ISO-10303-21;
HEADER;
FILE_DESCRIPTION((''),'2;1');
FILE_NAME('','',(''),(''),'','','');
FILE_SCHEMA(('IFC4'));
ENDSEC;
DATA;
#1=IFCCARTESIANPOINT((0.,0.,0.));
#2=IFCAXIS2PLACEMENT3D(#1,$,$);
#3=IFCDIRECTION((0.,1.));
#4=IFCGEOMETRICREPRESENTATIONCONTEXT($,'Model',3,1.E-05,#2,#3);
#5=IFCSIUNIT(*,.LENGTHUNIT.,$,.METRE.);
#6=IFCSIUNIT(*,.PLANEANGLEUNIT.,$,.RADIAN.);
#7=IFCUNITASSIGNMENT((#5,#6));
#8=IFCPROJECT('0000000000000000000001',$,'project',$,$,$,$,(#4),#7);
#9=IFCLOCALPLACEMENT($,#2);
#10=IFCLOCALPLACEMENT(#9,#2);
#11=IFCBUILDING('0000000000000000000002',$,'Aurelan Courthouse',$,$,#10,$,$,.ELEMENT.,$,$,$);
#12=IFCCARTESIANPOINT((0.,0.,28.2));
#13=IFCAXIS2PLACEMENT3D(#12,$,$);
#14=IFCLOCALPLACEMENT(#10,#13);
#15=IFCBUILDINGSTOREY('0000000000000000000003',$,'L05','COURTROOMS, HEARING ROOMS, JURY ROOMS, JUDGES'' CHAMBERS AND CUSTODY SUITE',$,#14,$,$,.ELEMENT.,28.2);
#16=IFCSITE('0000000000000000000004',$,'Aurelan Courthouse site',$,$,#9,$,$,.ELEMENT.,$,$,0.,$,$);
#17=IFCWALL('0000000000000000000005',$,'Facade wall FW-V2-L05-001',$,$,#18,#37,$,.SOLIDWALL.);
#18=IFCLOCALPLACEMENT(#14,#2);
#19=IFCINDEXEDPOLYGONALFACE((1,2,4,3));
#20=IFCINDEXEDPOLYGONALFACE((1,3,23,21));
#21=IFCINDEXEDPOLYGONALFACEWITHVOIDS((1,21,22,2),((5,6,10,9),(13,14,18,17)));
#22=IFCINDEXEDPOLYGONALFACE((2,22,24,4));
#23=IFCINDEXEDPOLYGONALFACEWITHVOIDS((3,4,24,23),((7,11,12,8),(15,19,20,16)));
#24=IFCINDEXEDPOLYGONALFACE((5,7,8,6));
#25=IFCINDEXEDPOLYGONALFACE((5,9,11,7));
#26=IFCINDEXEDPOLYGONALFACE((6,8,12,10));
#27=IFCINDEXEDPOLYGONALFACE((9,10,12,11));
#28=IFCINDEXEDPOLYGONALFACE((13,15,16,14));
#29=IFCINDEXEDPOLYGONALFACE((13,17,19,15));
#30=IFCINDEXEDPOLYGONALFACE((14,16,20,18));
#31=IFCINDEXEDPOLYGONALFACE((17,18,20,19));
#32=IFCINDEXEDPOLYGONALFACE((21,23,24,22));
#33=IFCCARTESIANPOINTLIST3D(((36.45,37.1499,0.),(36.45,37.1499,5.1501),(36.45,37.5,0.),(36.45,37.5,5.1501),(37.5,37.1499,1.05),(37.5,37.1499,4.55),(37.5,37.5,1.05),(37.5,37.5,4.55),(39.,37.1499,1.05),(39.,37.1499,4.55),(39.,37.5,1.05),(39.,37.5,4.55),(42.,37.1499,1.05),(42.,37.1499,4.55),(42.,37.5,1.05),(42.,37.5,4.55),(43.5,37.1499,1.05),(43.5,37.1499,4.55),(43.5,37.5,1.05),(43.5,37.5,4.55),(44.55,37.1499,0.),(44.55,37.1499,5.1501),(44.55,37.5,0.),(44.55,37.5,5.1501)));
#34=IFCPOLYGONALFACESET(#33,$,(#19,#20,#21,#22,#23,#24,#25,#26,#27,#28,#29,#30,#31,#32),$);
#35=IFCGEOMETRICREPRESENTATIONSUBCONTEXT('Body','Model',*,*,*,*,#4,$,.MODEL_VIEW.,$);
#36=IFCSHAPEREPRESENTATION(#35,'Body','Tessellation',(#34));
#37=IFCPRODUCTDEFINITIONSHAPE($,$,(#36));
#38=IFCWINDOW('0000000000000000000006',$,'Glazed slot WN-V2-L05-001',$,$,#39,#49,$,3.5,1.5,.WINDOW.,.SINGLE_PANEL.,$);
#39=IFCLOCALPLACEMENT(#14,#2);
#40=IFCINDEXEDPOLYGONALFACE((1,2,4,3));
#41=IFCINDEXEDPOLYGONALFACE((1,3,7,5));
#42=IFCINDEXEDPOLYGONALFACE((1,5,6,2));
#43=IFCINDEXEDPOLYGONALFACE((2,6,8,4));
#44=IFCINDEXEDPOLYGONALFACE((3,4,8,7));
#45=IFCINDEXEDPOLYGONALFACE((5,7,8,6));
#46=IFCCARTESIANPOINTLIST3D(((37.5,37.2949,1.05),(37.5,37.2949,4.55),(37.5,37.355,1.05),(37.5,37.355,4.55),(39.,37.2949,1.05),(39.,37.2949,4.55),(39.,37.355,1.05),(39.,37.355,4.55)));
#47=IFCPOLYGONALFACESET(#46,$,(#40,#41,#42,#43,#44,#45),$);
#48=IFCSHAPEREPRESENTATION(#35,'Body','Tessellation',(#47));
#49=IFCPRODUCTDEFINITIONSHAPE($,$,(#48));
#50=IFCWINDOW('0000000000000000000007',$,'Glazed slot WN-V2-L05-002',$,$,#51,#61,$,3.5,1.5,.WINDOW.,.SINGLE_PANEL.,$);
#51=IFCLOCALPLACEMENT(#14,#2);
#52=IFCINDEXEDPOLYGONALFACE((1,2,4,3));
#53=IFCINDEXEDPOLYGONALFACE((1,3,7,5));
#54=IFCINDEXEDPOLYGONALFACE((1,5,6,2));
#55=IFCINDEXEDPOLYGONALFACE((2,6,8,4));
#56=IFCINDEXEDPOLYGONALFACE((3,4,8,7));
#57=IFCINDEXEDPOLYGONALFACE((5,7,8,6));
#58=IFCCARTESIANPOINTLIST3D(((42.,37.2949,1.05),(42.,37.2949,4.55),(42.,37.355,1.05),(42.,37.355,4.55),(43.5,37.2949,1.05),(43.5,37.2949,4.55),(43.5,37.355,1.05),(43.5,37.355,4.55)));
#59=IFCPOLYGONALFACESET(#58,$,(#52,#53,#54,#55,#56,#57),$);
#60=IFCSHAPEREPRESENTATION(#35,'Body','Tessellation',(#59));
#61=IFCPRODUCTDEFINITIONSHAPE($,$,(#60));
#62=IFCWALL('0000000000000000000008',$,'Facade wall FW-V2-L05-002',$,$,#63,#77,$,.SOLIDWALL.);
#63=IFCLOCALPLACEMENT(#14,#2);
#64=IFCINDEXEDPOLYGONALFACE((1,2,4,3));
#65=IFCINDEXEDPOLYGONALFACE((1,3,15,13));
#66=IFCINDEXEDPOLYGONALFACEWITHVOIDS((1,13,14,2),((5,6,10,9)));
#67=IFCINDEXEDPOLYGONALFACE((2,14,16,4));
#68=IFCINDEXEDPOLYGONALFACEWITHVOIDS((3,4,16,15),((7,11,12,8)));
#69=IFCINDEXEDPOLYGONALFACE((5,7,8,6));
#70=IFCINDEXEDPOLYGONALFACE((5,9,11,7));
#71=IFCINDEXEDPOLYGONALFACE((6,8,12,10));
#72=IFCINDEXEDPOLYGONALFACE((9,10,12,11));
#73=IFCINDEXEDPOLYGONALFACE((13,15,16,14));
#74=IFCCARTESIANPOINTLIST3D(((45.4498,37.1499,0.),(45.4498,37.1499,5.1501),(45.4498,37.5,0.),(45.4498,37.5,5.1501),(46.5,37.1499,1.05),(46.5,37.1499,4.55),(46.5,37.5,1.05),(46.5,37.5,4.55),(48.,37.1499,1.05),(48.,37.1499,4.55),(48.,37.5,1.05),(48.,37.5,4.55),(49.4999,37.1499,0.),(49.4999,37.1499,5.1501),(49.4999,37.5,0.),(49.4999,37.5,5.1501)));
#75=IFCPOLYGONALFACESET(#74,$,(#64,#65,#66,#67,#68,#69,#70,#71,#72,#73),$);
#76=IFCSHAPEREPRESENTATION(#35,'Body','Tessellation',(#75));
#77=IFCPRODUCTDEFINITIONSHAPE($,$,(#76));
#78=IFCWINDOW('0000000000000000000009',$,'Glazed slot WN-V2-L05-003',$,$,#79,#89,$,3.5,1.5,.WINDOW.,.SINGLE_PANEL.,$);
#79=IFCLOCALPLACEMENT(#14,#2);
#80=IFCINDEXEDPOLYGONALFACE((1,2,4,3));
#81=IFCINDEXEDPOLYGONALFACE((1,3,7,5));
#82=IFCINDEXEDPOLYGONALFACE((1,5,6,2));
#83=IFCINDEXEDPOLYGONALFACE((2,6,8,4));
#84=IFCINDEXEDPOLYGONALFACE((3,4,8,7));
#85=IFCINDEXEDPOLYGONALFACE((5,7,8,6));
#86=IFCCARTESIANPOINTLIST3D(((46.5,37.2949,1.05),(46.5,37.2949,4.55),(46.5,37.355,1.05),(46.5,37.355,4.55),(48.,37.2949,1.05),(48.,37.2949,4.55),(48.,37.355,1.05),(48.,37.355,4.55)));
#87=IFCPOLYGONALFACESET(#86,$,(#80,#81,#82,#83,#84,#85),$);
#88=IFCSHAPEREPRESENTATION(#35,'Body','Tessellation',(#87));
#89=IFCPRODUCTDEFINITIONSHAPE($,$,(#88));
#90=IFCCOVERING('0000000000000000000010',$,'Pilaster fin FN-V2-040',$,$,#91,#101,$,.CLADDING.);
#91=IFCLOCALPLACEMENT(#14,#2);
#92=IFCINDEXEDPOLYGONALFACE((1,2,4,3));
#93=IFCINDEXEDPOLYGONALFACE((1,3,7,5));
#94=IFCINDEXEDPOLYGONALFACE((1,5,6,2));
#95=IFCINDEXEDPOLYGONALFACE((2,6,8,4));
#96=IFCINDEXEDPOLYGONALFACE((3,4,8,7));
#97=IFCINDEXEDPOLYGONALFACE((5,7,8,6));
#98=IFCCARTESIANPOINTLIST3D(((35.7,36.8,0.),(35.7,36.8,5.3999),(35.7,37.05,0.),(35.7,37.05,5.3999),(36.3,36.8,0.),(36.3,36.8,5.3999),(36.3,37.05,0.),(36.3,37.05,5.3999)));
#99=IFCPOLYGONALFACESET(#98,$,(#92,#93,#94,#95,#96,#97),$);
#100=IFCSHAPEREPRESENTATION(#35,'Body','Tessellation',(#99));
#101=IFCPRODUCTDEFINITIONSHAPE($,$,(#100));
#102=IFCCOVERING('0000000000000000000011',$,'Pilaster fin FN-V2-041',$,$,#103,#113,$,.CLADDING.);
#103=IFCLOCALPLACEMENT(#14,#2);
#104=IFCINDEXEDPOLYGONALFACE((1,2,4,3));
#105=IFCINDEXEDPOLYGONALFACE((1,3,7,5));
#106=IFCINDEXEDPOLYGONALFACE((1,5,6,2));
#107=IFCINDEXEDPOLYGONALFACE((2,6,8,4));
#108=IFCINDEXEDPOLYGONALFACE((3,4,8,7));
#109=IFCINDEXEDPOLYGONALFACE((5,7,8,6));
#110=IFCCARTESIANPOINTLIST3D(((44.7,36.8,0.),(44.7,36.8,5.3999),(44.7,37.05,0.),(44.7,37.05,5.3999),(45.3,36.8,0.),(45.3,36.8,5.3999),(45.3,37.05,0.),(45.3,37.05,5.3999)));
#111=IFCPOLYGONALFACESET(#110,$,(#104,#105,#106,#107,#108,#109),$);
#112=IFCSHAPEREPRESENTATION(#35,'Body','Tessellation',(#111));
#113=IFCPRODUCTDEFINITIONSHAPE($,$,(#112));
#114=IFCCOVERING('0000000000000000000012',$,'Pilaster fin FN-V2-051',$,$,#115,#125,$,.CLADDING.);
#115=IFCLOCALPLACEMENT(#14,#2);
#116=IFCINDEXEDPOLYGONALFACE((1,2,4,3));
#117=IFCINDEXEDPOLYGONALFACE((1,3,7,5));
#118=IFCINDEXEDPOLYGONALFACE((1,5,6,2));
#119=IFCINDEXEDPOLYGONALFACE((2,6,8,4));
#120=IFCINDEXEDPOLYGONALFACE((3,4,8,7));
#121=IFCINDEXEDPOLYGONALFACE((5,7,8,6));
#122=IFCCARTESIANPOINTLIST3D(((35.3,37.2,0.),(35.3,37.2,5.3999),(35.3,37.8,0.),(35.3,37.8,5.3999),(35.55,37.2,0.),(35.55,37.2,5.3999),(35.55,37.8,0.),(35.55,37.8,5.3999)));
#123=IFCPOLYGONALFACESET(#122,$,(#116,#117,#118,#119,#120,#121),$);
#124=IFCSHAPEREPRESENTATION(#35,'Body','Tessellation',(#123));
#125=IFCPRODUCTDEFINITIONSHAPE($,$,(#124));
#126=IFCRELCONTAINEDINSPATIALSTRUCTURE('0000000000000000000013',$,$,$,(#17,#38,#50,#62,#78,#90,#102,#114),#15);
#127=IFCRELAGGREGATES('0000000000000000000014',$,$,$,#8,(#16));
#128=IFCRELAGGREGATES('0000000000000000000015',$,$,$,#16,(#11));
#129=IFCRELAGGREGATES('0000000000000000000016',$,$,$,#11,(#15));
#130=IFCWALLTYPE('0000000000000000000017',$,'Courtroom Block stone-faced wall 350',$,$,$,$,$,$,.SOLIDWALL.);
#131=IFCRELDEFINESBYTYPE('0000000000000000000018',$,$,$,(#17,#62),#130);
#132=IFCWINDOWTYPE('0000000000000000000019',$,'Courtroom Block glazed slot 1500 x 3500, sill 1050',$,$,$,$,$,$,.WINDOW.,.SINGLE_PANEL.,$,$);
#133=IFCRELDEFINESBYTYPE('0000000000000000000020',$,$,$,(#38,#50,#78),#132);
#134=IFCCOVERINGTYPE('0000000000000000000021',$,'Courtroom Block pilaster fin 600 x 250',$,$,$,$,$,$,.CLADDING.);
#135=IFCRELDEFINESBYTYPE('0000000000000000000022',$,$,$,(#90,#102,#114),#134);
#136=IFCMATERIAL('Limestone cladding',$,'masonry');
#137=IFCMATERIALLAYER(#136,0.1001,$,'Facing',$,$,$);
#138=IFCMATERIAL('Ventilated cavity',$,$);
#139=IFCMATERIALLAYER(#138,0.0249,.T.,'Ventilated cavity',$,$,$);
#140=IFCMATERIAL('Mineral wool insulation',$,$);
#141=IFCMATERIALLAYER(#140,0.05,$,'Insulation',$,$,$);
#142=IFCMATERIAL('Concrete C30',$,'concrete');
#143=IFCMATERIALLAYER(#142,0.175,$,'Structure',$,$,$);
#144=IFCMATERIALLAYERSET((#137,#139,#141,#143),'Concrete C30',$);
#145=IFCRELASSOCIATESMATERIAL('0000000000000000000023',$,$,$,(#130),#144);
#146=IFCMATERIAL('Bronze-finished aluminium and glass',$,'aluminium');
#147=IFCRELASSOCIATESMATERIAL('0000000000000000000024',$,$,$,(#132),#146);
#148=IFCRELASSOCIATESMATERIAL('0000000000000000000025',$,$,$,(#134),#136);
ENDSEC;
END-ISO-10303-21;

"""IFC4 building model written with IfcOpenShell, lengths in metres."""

from ifc_helpers import new_model, si_unit, direction, frame, frame_2d, origin, origin_2d, place, context, subcontext, project, spatial, rectangle, extrude, material, layer, layer_set, type_object, element, fill, save


model = new_model("IFC4")

# Units and contexts
model_context = context("Model", 3, precision=1e-05, world=origin(), true_north=direction((0.0, 1.0)))
body_context = subcontext(model_context, "Body", "Model", "MODEL_VIEW")
ifc_project = project(units=[si_unit("LENGTHUNIT", "METRE"), si_unit("PLANEANGLEUNIT", "RADIAN")], contexts=[model_context])

# Site, building, storey
site_placement = place(None, origin())
site = spatial("IfcSite", under=ifc_project, at=site_placement, Name="Aurelan Courthouse site", CompositionType="ELEMENT", RefElevation=0.0)
building_placement = place(site_placement, origin())
building = spatial("IfcBuilding", under=site, at=building_placement, Name="Aurelan Courthouse", CompositionType="ELEMENT")
storey_placement = place(building_placement, frame((0.0, 0.0, 28.2)))
storey = spatial("IfcBuildingStorey", under=building, at=storey_placement, Name="L05", Description="COURTROOMS, HEARING ROOMS, JURY ROOMS, JUDGES' CHAMBERS AND CUSTODY SUITE", CompositionType="ELEMENT", Elevation=28.2)

# Shared definitions
ifc_material_1 = material(Name="Bronze-finished aluminium and glass", Category="aluminium")

# Wall, openings, windows
ifc_material_2 = material(Name="Limestone cladding", Category="masonry")
ifc_layer_1 = layer(ifc_material_2, 0.1001, Name="Facing")
ifc_material_3 = material(Name="Ventilated cavity")
ifc_layer_2 = layer(ifc_material_3, 0.0249, ventilated=True, Name="Ventilated cavity")
ifc_material_4 = material(Name="Mineral wool insulation")
ifc_layer_3 = layer(ifc_material_4, 0.05, Name="Insulation")
ifc_material_5 = material(Name="Concrete C30", Category="concrete")
ifc_layer_4 = layer(ifc_material_5, 0.175, Name="Structure")
ifc_layer_set_1 = layer_set([ifc_layer_1, ifc_layer_2, ifc_layer_3, ifc_layer_4], Name="Concrete C30")
wall_type = type_object("IfcWallType", Name="Courtroom Block stone-faced wall 350", PredefinedType="SOLIDWALL", material=ifc_layer_set_1)
wall_1_placement = place(storey_placement, frame((36.45, 37.325, 0.0), z_axis=(0.0, 0.0, 1.0), x_axis=(1.0, 0.0, 0.0)))
wall_1 = element("IfcWall", 1, at=wall_1_placement, inside=storey, type_object=wall_type, Name="Facade wall FW-V2-L05-001", PredefinedType="SOLIDWALL", context=body_context, shape_type="SweptSolid", body=[
    extrude(rectangle(XDim=8.1001, YDim=0.3501, at=frame_2d((4.05, 0.0))), origin(), (0.0, 0.0, 1.0), 5.1501),
])
opening_1_placement = place(wall_1_placement, frame((1.05, 0.0, 1.05)))
opening_1 = element("IfcOpeningElement", 2, at=opening_1_placement, cuts=wall_1, PredefinedType="OPENING", context=body_context, shape_type="SweptSolid", body=[
    extrude(rectangle(XDim=1.5, YDim=3.5, at=frame_2d((0.75, 1.75))), frame((0.0, 0.1851, 0.0), z_axis=(0.0, -1.0, 0.0), x_axis=(1.0, 0.0, 0.0)), (0.0, 0.0, 1.0), 0.3701),
])
opening_2_placement = place(wall_1_placement, frame((5.55, 0.0, 1.05)))
opening_2 = element("IfcOpeningElement", 3, at=opening_2_placement, cuts=wall_1, PredefinedType="OPENING", context=body_context, shape_type="SweptSolid", body=[
    extrude(rectangle(XDim=1.5, YDim=3.5, at=frame_2d((0.75, 1.75))), frame((0.0, 0.1851, 0.0), z_axis=(0.0, -1.0, 0.0), x_axis=(1.0, 0.0, 0.0)), (0.0, 0.0, 1.0), 0.3701),
])
window_type = type_object("IfcWindowType", Name="Courtroom Block glazed slot 1500 x 3500, sill 1050", PartitioningType="SINGLE_PANEL", PredefinedType="WINDOW", material=ifc_material_1)
window_1_placement = place(opening_1_placement, origin())
window_1 = element("IfcWindow", 4, at=window_1_placement, inside=storey, type_object=window_type, Name="Glazed slot WN-V2-L05-001", OverallHeight=3.5, OverallWidth=1.5, PartitioningType="SINGLE_PANEL", PredefinedType="WINDOW", context=body_context, shape_type="SweptSolid", body=[
    extrude(rectangle(XDim=1.5, YDim=3.5, at=frame_2d((0.75, 1.75))), frame((0.0, 0.03, 0.0), z_axis=(0.0, -1.0, 0.0), x_axis=(1.0, 0.0, 0.0)), (0.0, 0.0, 1.0), 0.0601),
])
fill(opening_1, window_1)
window_2_placement = place(opening_2_placement, origin())
window_2 = element("IfcWindow", 5, at=window_2_placement, inside=storey, type_object=window_type, Name="Glazed slot WN-V2-L05-002", OverallHeight=3.5, OverallWidth=1.5, PartitioningType="SINGLE_PANEL", PredefinedType="WINDOW", context=body_context, shape_type="SweptSolid", body=[
    extrude(rectangle(XDim=1.5, YDim=3.5, at=frame_2d((0.75, 1.75))), frame((0.0, 0.03, 0.0), z_axis=(0.0, -1.0, 0.0), x_axis=(1.0, 0.0, 0.0)), (0.0, 0.0, 1.0), 0.0601),
])
fill(opening_2, window_2)

# Wall, opening, window
wall_2_placement = place(storey_placement, frame((45.45, 37.325, 0.0), z_axis=(0.0, 0.0, 1.0), x_axis=(1.0, 0.0, 0.0)))
wall_2 = element("IfcWall", 6, at=wall_2_placement, inside=storey, type_object=wall_type, Name="Facade wall FW-V2-L05-002", PredefinedType="SOLIDWALL", context=body_context, shape_type="SweptSolid", body=[
    extrude(rectangle(XDim=4.05, YDim=0.3501, at=frame_2d((2.0249, 0.0))), origin(), (0.0, 0.0, 1.0), 5.1501),
])
opening_3_placement = place(wall_2_placement, frame((1.05, 0.0, 1.05)))
opening_3 = element("IfcOpeningElement", 7, at=opening_3_placement, cuts=wall_2, PredefinedType="OPENING", context=body_context, shape_type="SweptSolid", body=[
    extrude(rectangle(XDim=1.5, YDim=3.5, at=frame_2d((0.75, 1.75))), frame((0.0, 0.1851, 0.0), z_axis=(0.0, -1.0, 0.0), x_axis=(1.0, 0.0, 0.0)), (0.0, 0.0, 1.0), 0.3701),
])
window_3_placement = place(opening_3_placement, origin())
window_3 = element("IfcWindow", 8, at=window_3_placement, inside=storey, type_object=window_type, Name="Glazed slot WN-V2-L05-003", OverallHeight=3.5, OverallWidth=1.5, PartitioningType="SINGLE_PANEL", PredefinedType="WINDOW", context=body_context, shape_type="SweptSolid", body=[
    extrude(rectangle(XDim=1.5, YDim=3.5, at=frame_2d((0.75, 1.75))), frame((0.0, 0.03, 0.0), z_axis=(0.0, -1.0, 0.0), x_axis=(1.0, 0.0, 0.0)), (0.0, 0.0, 1.0), 0.0601),
])
fill(opening_3, window_3)

# Coverings
covering_type_1 = type_object("IfcCoveringType", Name="Courtroom Block pilaster fin 600 x 250", PredefinedType="CLADDING", material=ifc_material_2)
for number, where, z_axis, x_axis, name in (
    (9, (36.0, 36.925, 0.0), (0.0, 0.0, 1.0), (1.0, 0.0, 0.0), "Pilaster fin FN-V2-040"),
    (10, (45.0, 36.925, 0.0), (0.0, 0.0, 1.0), (1.0, 0.0, 0.0), "Pilaster fin FN-V2-041"),
):
    element("IfcCovering", number, at=place(storey_placement, frame(where, z_axis=z_axis, x_axis=x_axis)), inside=storey, type_object=covering_type_1, Name=name, PredefinedType="CLADDING", context=body_context, shape_type="SweptSolid", body=[
        extrude(rectangle(XDim=0.6001, YDim=0.25, at=origin_2d()), origin(), (0.0, 0.0, 1.0), 5.3999),
    ])
covering_placement = place(storey_placement, frame((35.425, 37.5, 0.0), z_axis=(0.0, 0.0, 1.0), x_axis=(1.0, 0.0, 0.0)))
element("IfcCovering", 11, at=covering_placement, inside=storey, type_object=covering_type_1, Name="Pilaster fin FN-V2-051", PredefinedType="CLADDING", context=body_context, shape_type="SweptSolid", body=[
    extrude(rectangle(XDim=0.25, YDim=0.6001, at=origin_2d()), origin(), (0.0, 0.0, 1.0), 5.3999),
])

save(model, "model.ifc")
